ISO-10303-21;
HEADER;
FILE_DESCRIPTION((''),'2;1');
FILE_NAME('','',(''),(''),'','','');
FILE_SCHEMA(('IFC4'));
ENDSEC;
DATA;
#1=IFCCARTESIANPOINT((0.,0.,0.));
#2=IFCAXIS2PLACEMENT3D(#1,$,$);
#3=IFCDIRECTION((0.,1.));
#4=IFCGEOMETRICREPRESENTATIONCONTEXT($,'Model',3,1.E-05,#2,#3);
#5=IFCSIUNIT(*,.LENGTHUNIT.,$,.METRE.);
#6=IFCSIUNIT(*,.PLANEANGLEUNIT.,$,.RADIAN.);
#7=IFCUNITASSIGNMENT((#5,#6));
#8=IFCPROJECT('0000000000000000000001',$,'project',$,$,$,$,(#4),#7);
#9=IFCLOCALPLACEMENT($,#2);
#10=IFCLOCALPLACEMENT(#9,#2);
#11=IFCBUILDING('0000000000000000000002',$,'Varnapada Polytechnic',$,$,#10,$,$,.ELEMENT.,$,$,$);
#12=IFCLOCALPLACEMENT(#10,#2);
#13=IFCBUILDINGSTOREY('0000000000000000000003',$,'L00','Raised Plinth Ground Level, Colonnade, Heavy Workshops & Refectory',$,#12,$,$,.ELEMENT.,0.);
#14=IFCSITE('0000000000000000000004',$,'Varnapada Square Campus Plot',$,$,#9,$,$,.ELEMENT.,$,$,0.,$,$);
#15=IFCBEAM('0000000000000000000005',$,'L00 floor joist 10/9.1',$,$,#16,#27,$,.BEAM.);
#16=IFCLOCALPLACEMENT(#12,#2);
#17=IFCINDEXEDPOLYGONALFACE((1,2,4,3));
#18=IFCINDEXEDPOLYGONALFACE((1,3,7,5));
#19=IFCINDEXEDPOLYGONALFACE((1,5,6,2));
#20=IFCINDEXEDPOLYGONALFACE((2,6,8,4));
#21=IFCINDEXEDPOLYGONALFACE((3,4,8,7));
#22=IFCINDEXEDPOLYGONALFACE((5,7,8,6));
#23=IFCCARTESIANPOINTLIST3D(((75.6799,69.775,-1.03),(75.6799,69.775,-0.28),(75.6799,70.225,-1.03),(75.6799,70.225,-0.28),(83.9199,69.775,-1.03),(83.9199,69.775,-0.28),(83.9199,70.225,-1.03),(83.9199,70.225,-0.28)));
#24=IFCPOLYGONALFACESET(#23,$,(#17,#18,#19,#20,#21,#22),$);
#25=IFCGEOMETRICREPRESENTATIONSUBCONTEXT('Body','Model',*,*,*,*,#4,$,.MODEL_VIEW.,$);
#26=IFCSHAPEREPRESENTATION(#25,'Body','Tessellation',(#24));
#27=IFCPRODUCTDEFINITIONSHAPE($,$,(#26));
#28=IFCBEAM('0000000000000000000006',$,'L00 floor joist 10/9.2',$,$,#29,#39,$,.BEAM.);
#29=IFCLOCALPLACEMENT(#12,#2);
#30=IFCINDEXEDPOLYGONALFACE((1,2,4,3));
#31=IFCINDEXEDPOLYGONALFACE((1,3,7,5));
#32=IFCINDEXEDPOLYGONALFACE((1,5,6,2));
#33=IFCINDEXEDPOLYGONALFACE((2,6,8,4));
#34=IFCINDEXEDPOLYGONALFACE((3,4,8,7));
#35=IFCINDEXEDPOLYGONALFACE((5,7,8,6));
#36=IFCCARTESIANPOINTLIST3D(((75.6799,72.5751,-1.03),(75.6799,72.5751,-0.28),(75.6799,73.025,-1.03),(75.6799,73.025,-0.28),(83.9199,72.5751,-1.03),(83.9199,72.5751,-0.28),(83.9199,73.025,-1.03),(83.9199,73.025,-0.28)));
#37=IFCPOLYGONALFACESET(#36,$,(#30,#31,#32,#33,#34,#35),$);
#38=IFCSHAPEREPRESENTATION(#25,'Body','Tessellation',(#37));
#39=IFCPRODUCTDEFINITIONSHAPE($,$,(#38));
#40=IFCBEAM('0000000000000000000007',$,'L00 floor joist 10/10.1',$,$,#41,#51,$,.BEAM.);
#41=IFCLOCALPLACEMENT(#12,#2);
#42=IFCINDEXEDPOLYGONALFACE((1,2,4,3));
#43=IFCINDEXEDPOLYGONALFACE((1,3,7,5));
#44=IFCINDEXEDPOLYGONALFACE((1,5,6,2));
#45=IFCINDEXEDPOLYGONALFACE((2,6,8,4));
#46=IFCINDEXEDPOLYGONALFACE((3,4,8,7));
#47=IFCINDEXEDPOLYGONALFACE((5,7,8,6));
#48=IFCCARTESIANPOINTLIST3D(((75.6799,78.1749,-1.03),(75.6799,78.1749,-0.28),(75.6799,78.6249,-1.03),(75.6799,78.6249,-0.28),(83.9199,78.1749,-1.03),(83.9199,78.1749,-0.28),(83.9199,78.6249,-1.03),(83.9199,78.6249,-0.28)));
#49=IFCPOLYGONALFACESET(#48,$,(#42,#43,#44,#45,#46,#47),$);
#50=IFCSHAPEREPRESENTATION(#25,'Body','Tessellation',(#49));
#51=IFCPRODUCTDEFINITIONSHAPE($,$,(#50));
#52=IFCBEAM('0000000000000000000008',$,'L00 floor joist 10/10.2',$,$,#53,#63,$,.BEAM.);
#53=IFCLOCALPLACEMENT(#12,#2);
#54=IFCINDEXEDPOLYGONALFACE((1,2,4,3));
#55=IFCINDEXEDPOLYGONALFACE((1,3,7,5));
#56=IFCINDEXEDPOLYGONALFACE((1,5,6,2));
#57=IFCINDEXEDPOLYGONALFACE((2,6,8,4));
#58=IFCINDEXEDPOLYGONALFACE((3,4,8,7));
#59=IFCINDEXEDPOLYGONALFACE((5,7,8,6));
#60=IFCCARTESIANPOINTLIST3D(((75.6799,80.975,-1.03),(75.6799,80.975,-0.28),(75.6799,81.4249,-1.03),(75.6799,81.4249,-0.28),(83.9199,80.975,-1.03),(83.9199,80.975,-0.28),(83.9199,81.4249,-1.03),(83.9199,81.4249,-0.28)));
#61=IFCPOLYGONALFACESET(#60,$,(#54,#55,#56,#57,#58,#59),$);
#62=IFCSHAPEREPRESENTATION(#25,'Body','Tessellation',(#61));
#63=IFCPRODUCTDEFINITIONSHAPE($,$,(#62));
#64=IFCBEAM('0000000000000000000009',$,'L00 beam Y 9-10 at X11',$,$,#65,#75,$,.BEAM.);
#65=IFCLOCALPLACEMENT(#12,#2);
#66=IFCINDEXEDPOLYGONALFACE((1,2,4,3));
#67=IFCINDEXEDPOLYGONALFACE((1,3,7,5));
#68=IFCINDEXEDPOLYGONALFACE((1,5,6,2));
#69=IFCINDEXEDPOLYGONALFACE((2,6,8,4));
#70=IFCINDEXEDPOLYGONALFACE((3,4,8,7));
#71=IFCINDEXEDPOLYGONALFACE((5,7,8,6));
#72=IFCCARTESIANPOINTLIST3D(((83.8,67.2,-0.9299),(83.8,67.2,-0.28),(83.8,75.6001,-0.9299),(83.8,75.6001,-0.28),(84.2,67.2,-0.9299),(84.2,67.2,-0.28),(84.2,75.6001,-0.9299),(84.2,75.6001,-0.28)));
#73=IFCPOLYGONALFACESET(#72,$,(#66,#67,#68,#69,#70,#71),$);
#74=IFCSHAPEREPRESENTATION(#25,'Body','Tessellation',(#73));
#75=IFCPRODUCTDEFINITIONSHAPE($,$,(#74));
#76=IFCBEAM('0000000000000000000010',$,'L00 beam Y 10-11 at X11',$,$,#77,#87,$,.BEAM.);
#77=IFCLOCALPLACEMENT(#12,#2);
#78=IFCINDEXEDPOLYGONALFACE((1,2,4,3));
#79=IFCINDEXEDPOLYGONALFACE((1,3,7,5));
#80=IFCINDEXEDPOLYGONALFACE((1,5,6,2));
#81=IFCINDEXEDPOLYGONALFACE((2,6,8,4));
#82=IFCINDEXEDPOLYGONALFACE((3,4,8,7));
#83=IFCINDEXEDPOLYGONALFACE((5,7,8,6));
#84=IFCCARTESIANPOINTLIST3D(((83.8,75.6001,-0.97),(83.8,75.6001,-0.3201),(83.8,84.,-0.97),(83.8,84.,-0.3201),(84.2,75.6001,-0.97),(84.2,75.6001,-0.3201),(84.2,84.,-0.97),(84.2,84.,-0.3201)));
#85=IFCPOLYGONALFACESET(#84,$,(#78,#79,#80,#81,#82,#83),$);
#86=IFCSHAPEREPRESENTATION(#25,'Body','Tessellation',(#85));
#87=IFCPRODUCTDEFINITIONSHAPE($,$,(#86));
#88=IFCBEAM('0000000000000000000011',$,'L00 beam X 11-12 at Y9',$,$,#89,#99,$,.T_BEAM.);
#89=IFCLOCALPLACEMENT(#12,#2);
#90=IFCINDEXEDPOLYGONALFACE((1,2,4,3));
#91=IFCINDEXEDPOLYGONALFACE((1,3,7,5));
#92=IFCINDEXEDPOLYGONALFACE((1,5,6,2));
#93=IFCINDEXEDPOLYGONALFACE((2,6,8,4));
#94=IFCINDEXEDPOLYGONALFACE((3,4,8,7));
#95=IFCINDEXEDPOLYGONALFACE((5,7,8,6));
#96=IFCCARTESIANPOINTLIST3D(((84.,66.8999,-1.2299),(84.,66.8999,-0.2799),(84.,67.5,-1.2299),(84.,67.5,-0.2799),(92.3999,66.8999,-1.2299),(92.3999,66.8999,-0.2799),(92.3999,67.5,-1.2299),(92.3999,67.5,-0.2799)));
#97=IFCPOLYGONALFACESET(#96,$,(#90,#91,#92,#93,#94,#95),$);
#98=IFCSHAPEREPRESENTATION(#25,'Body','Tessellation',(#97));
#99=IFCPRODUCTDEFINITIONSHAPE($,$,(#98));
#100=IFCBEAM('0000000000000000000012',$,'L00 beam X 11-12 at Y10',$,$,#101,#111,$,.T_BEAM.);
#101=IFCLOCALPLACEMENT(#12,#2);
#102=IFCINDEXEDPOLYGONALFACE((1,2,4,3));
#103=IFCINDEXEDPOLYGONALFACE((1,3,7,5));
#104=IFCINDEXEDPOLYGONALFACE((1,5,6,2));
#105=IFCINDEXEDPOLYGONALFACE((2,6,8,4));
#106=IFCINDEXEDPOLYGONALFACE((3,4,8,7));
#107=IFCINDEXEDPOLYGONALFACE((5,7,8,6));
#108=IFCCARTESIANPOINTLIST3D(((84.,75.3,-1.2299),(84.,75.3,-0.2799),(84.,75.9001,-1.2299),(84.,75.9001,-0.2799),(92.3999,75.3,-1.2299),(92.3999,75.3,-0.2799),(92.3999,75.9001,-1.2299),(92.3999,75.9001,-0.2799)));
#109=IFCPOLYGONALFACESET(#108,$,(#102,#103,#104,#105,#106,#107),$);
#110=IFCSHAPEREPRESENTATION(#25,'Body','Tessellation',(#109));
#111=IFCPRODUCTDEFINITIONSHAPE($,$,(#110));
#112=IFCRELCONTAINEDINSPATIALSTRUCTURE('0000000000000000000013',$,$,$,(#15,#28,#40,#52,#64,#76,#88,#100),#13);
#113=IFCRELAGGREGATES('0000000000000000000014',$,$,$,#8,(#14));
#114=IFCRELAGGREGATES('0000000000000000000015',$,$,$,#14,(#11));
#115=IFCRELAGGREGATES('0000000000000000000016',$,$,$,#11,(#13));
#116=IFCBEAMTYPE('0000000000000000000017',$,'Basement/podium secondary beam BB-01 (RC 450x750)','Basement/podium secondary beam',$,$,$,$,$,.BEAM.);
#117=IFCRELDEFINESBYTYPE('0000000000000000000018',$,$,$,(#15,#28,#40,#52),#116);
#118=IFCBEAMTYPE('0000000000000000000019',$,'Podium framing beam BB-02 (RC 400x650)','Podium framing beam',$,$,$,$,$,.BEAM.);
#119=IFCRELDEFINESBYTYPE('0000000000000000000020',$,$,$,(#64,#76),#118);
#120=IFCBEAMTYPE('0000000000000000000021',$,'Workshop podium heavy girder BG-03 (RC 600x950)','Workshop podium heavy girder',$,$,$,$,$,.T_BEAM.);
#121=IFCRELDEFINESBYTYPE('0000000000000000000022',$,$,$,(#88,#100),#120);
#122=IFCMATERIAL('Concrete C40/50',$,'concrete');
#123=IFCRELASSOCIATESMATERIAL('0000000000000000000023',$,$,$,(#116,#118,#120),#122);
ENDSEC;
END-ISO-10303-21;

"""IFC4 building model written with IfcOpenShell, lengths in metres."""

from ifc_helpers import new_model, si_unit, direction, frame, origin, origin_2d, place, context, subcontext, project, spatial, rectangle, extrude, material, material_profile, profile_set, type_object, element, save


model = new_model("IFC4")

# Units and contexts
model_context = context("Model", 3, precision=1e-05, world=origin(), true_north=direction((0.0, 1.0)))
body_context = subcontext(model_context, "Body", "Model", "MODEL_VIEW")
ifc_project = project(units=[si_unit("LENGTHUNIT", "METRE"), si_unit("PLANEANGLEUNIT", "RADIAN")], contexts=[model_context])

# Site, building, storey
site_placement = place(None, origin())
site = spatial("IfcSite", under=ifc_project, at=site_placement, Name="Varnapada Square Campus Plot", CompositionType="ELEMENT", RefElevation=0.0)
building_placement = place(site_placement, origin())
building = spatial("IfcBuilding", under=site, at=building_placement, Name="Varnapada Polytechnic", CompositionType="ELEMENT")
storey_placement = place(building_placement, origin())
storey = spatial("IfcBuildingStorey", under=building, at=storey_placement, Name="L00", Description="Raised Plinth Ground Level, Colonnade, Heavy Workshops & Refectory", CompositionType="ELEMENT", Elevation=0.0)

# Beams
ifc_material_1 = material(Name="Concrete C40/50", Category="concrete")
ifc_material_profile_1 = material_profile(ifc_material_1, rectangle(XDim=0.45, YDim=0.75, at=origin_2d()), Name="RC 450x750")
ifc_profile_set_1 = profile_set([ifc_material_profile_1], Name="Concrete C40/50")
beam_type_1 = type_object("IfcBeamType", Name="Basement/podium secondary beam BB-01 (RC 450x750)", Description="Basement/podium secondary beam", PredefinedType="BEAM", material=ifc_profile_set_1)
for number, where, z_axis, x_axis, name in (
    (1, (75.6799, 70.0, -0.655), (1.0, 0.0, 0.0), (0.0, 1.0, 0.0), "L00 floor joist 10/9.1"),
    (2, (75.6799, 72.8, -0.655), (1.0, 0.0, 0.0), (0.0, 1.0, 0.0), "L00 floor joist 10/9.2"),
    (3, (75.6799, 78.3999, -0.655), (1.0, 0.0, 0.0), (0.0, 1.0, 0.0), "L00 floor joist 10/10.1"),
    (4, (75.6799, 81.2, -0.655), (1.0, 0.0, 0.0), (0.0, 1.0, 0.0), "L00 floor joist 10/10.2"),
):
    element("IfcBeam", number, at=place(storey_placement, frame(where, z_axis=z_axis, x_axis=x_axis)), inside=storey, type_object=beam_type_1, Name=name, PredefinedType="BEAM", context=body_context, shape_type="SweptSolid", body=[
        extrude(rectangle(XDim=0.45, YDim=0.75, at=origin_2d()), origin(), (0.0, 0.0, 1.0), 8.24),
    ])
ifc_material_profile_2 = material_profile(ifc_material_1, rectangle(XDim=0.3999, YDim=0.6499, at=origin_2d()), Name="RC 400x650")
ifc_profile_set_2 = profile_set([ifc_material_profile_2], Name="Concrete C40/50")
beam_type_2 = type_object("IfcBeamType", Name="Podium framing beam BB-02 (RC 400x650)", Description="Podium framing beam", PredefinedType="BEAM", material=ifc_profile_set_2)
beam_1_placement = place(storey_placement, frame((84.0, 67.2, -0.605), z_axis=(0.0, 1.0, 0.0), x_axis=(-1.0, 0.0, 0.0)))
element("IfcBeam", 5, at=beam_1_placement, inside=storey, type_object=beam_type_2, Name="L00 beam Y 9-10 at X11", PredefinedType="BEAM", context=body_context, shape_type="SweptSolid", body=[
    extrude(rectangle(XDim=0.3999, YDim=0.6499, at=origin_2d()), origin(), (0.0, 0.0, 1.0), 8.4001),
])
beam_2_placement = place(storey_placement, frame((84.0, 75.6001, -0.645), z_axis=(0.0, 1.0, 0.0), x_axis=(-1.0, 0.0, 0.0)))
element("IfcBeam", 6, at=beam_2_placement, inside=storey, type_object=beam_type_2, Name="L00 beam Y 10-11 at X11", PredefinedType="BEAM", context=body_context, shape_type="SweptSolid", body=[
    extrude(rectangle(XDim=0.3999, YDim=0.6499, at=origin_2d()), origin(), (0.0, 0.0, 1.0), 8.3999),
])
ifc_material_profile_3 = material_profile(ifc_material_1, rectangle(XDim=0.6001, YDim=0.95, at=origin_2d()), Name="RC 600x950")
ifc_profile_set_3 = profile_set([ifc_material_profile_3], Name="Concrete C40/50")
beam_type_3 = type_object("IfcBeamType", Name="Workshop podium heavy girder BG-03 (RC 600x950)", Description="Workshop podium heavy girder", PredefinedType="T_BEAM", material=ifc_profile_set_3)
for number, where, z_axis, x_axis, name in (
    (7, (84.0, 67.2, -0.7549), (1.0, 0.0, 0.0), (0.0, 1.0, 0.0), "L00 beam X 11-12 at Y9"),
    (8, (84.0, 75.6001, -0.7549), (1.0, 0.0, 0.0), (0.0, 1.0, 0.0), "L00 beam X 11-12 at Y10"),
):
    element("IfcBeam", number, at=place(storey_placement, frame(where, z_axis=z_axis, x_axis=x_axis)), inside=storey, type_object=beam_type_3, Name=name, PredefinedType="T_BEAM", context=body_context, shape_type="SweptSolid", body=[
        extrude(rectangle(XDim=0.6001, YDim=0.95, at=origin_2d()), origin(), (0.0, 0.0, 1.0), 8.3999),
    ])

save(model, "model.ifc")
